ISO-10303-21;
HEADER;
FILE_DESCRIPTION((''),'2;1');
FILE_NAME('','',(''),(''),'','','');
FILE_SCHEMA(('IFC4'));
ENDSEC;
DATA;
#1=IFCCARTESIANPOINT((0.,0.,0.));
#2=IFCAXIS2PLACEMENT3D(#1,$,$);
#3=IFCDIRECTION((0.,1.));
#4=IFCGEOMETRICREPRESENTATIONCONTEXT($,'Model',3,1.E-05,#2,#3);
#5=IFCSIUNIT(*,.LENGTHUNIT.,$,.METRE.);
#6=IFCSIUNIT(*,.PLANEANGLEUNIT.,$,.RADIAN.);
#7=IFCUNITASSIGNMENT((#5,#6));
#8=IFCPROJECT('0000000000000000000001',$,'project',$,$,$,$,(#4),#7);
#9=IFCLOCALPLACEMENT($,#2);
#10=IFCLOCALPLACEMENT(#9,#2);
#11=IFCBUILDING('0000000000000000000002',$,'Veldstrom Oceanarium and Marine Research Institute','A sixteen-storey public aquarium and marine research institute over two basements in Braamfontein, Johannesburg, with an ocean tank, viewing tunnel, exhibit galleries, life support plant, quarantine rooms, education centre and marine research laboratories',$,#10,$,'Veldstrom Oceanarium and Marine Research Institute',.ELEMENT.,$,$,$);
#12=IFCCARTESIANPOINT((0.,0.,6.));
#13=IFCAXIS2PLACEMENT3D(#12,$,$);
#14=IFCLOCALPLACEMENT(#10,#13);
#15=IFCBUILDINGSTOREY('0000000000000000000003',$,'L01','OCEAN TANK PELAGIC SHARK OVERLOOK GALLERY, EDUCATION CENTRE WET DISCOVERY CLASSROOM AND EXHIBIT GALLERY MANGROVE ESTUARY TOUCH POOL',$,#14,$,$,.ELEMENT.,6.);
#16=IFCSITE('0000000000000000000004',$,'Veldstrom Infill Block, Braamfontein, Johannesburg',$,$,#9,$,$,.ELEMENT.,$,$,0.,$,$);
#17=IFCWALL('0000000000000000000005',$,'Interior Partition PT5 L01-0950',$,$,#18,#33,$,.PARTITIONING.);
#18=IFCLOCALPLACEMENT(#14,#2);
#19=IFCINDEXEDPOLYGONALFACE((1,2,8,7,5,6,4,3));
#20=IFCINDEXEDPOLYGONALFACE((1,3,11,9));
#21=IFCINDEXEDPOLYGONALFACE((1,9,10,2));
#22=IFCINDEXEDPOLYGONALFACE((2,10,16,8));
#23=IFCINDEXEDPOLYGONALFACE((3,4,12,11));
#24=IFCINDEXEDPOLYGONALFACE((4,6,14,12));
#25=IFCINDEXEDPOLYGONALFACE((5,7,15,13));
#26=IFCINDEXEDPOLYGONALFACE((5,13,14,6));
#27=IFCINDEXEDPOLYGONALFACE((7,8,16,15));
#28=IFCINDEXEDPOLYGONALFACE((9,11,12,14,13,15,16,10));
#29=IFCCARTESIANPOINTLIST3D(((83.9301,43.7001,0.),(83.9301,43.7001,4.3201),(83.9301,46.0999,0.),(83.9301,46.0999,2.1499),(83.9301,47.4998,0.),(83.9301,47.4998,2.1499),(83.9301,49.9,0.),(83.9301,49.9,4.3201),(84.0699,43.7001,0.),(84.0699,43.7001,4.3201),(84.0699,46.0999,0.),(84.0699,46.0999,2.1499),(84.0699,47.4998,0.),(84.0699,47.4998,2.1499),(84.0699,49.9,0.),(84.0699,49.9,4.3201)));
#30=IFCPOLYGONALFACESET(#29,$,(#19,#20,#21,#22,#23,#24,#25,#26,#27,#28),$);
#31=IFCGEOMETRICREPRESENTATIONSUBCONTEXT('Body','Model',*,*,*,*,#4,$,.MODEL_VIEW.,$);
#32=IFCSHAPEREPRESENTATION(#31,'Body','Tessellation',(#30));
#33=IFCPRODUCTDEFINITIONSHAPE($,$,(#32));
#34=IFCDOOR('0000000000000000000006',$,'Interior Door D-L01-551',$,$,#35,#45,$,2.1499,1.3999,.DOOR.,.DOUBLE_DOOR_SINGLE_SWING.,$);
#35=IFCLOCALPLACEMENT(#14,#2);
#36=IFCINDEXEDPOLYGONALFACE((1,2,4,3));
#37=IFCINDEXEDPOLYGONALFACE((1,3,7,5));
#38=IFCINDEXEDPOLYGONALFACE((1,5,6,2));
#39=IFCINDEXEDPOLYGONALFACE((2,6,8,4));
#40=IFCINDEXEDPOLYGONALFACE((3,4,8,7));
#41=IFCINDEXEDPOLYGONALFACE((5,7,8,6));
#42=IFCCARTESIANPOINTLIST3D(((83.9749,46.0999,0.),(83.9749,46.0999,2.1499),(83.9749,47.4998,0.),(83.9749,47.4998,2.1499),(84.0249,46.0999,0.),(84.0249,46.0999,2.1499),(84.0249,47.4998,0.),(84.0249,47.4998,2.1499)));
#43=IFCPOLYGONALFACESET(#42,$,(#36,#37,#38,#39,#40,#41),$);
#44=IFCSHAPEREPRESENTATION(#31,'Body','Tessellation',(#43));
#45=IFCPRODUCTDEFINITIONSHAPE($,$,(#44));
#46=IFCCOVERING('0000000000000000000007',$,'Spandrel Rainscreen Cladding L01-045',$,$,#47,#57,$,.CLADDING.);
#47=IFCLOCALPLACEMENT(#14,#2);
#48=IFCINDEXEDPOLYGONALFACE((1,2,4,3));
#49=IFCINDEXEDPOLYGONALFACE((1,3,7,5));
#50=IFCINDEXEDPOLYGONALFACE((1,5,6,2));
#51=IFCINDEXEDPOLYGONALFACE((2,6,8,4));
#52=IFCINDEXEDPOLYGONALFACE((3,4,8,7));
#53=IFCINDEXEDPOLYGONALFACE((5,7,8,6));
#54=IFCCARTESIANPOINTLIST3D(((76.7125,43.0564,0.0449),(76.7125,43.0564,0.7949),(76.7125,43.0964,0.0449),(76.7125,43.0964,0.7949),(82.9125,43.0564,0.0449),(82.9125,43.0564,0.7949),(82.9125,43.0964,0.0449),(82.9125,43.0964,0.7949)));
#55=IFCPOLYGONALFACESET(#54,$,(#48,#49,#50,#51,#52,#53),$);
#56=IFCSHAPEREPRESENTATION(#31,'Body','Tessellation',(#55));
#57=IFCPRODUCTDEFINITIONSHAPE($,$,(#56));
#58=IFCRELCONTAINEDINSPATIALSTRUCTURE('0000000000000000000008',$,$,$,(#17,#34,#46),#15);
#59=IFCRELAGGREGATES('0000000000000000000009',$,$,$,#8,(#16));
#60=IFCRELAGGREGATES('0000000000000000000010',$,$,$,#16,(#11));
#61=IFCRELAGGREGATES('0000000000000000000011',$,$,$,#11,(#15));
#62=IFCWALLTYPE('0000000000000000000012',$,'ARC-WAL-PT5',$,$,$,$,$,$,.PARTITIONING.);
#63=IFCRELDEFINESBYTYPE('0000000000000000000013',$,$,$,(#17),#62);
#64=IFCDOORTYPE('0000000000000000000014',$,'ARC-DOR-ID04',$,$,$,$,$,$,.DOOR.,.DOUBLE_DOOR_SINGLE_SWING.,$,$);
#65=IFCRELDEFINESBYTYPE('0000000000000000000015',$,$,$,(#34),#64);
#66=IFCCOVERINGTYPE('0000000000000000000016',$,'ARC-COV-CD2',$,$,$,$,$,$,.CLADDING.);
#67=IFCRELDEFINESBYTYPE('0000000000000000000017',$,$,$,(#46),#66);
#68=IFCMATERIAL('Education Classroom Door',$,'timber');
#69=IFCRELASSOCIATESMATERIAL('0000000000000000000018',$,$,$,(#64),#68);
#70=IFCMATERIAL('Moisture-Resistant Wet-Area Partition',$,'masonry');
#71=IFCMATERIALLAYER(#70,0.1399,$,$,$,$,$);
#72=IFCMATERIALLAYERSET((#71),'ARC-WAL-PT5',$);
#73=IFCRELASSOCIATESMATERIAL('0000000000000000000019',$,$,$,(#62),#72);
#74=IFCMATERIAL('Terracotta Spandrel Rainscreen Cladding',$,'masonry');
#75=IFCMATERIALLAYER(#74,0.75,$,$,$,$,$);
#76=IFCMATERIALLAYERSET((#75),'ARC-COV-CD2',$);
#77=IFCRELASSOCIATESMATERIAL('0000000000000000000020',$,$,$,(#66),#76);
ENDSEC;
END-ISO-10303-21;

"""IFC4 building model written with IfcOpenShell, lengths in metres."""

from ifc_helpers import new_model, si_unit, direction, frame, frame_2d, origin, origin_2d, place, context, subcontext, project, spatial, rectangle, extrude, material, layer, layer_set, type_object, element, fill, save


model = new_model("IFC4")

# Units and contexts
model_context = context("Model", 3, precision=1e-05, world=origin(), true_north=direction((0.0, 1.0)))
body_context = subcontext(model_context, "Body", "Model", "MODEL_VIEW")
ifc_project = project(units=[si_unit("LENGTHUNIT", "METRE"), si_unit("PLANEANGLEUNIT", "RADIAN")], contexts=[model_context])

# Site, building, storey
site_placement = place(None, origin())
site = spatial("IfcSite", under=ifc_project, at=site_placement, Name="Veldstrom Infill Block, Braamfontein, Johannesburg", CompositionType="ELEMENT", RefElevation=0.0)
building_placement = place(site_placement, origin())
building = spatial("IfcBuilding", under=site, at=building_placement, Name="Veldstrom Oceanarium and Marine Research Institute", Description="A sixteen-storey public aquarium and marine research institute over two basements in Braamfontein, Johannesburg, with an ocean tank, viewing tunnel, exhibit galleries, life support plant, quarantine rooms, education centre and marine research laboratories", LongName="Veldstrom Oceanarium and Marine Research Institute", CompositionType="ELEMENT")
storey_placement = place(building_placement, frame((0.0, 0.0, 6.0)))
storey = spatial("IfcBuildingStorey", under=building, at=storey_placement, Name="L01", Description="OCEAN TANK PELAGIC SHARK OVERLOOK GALLERY, EDUCATION CENTRE WET DISCOVERY CLASSROOM AND EXHIBIT GALLERY MANGROVE ESTUARY TOUCH POOL", CompositionType="ELEMENT", Elevation=6.0)

# Wall, opening, door
ifc_material_1 = material(Name="Education Classroom Door", Category="timber")
door_type = type_object("IfcDoorType", Name="ARC-DOR-ID04", OperationType="DOUBLE_DOOR_SINGLE_SWING", PredefinedType="DOOR", material=ifc_material_1)
ifc_material_2 = material(Name="Moisture-Resistant Wet-Area Partition", Category="masonry")
ifc_layer_1 = layer(ifc_material_2, 0.1399)
ifc_layer_set_1 = layer_set([ifc_layer_1], Name="ARC-WAL-PT5")
wall_type_1 = type_object("IfcWallType", Name="ARC-WAL-PT5", PredefinedType="PARTITIONING", material=ifc_layer_set_1)
wall_1_placement = place(storey_placement, frame((84.0, 43.7, 0.0), z_axis=(0.0, 0.0, 1.0), x_axis=(0.0, 1.0, 0.0)))
wall_1 = element("IfcWall", 1, at=wall_1_placement, inside=storey, type_object=wall_type_1, Name="Interior Partition PT5 L01-0950", PredefinedType="PARTITIONING", context=body_context, shape_type="SweptSolid", body=[
    extrude(rectangle(XDim=6.2, YDim=0.1399, at=frame_2d((3.1001, 0.0))), origin(), (0.0, 0.0, 1.0), 4.3201),
])
opening_1_placement = place(wall_1_placement, frame((2.3999, 0.0, 0.0)))
opening_1 = element("IfcOpeningElement", 2, at=opening_1_placement, cuts=wall_1, PredefinedType="OPENING", context=body_context, shape_type="SweptSolid", body=[
    extrude(rectangle(XDim=1.3999, YDim=2.1499, at=frame_2d((0.7, 1.075))), frame((0.0, 0.0798, 0.0), z_axis=(0.0, -1.0, 0.0), x_axis=(1.0, 0.0, 0.0)), (0.0, 0.0, 1.0), 0.1599),
])
door_1_placement = place(opening_1_placement, frame((1.3999, 0.0, 0.0), z_axis=(0.0, 0.0, 1.0), x_axis=(-1.0, 0.0, 0.0)))
door_1 = element("IfcDoor", 3, at=door_1_placement, inside=storey, type_object=door_type, Name="Interior Door D-L01-551", OperationType="DOUBLE_DOOR_SINGLE_SWING", OverallHeight=2.1499, OverallWidth=1.3999, PredefinedType="DOOR", context=body_context, shape_type="SweptSolid", body=[
    extrude(rectangle(XDim=1.3999, YDim=2.1499, at=frame_2d((0.7, 1.075))), frame((0.0, 0.0249, 0.0), z_axis=(0.0, -1.0, 0.0), x_axis=(1.0, 0.0, 0.0)), (0.0, 0.0, 1.0), 0.05),
])
fill(opening_1, door_1)

# Covering
ifc_material_3 = material(Name="Terracotta Spandrel Rainscreen Cladding", Category="masonry")
ifc_layer_2 = layer(ifc_material_3, 0.75)
ifc_layer_set_2 = layer_set([ifc_layer_2], Name="ARC-COV-CD2")
covering_type = type_object("IfcCoveringType", Name="ARC-COV-CD2", PredefinedType="CLADDING", material=ifc_layer_set_2)
covering_placement = place(storey_placement, frame((79.8125, 43.0764, 0.0449), z_axis=(0.0, 0.0, 1.0), x_axis=(1.0, 0.0, 0.0)))
element("IfcCovering", 4, at=covering_placement, inside=storey, type_object=covering_type, Name="Spandrel Rainscreen Cladding L01-045", PredefinedType="CLADDING", context=body_context, shape_type="SweptSolid", body=[
    extrude(rectangle(XDim=6.2, YDim=0.04, at=origin_2d()), origin(), (0.0, 0.0, 1.0), 0.75),
])

save(model, "model.ifc")
